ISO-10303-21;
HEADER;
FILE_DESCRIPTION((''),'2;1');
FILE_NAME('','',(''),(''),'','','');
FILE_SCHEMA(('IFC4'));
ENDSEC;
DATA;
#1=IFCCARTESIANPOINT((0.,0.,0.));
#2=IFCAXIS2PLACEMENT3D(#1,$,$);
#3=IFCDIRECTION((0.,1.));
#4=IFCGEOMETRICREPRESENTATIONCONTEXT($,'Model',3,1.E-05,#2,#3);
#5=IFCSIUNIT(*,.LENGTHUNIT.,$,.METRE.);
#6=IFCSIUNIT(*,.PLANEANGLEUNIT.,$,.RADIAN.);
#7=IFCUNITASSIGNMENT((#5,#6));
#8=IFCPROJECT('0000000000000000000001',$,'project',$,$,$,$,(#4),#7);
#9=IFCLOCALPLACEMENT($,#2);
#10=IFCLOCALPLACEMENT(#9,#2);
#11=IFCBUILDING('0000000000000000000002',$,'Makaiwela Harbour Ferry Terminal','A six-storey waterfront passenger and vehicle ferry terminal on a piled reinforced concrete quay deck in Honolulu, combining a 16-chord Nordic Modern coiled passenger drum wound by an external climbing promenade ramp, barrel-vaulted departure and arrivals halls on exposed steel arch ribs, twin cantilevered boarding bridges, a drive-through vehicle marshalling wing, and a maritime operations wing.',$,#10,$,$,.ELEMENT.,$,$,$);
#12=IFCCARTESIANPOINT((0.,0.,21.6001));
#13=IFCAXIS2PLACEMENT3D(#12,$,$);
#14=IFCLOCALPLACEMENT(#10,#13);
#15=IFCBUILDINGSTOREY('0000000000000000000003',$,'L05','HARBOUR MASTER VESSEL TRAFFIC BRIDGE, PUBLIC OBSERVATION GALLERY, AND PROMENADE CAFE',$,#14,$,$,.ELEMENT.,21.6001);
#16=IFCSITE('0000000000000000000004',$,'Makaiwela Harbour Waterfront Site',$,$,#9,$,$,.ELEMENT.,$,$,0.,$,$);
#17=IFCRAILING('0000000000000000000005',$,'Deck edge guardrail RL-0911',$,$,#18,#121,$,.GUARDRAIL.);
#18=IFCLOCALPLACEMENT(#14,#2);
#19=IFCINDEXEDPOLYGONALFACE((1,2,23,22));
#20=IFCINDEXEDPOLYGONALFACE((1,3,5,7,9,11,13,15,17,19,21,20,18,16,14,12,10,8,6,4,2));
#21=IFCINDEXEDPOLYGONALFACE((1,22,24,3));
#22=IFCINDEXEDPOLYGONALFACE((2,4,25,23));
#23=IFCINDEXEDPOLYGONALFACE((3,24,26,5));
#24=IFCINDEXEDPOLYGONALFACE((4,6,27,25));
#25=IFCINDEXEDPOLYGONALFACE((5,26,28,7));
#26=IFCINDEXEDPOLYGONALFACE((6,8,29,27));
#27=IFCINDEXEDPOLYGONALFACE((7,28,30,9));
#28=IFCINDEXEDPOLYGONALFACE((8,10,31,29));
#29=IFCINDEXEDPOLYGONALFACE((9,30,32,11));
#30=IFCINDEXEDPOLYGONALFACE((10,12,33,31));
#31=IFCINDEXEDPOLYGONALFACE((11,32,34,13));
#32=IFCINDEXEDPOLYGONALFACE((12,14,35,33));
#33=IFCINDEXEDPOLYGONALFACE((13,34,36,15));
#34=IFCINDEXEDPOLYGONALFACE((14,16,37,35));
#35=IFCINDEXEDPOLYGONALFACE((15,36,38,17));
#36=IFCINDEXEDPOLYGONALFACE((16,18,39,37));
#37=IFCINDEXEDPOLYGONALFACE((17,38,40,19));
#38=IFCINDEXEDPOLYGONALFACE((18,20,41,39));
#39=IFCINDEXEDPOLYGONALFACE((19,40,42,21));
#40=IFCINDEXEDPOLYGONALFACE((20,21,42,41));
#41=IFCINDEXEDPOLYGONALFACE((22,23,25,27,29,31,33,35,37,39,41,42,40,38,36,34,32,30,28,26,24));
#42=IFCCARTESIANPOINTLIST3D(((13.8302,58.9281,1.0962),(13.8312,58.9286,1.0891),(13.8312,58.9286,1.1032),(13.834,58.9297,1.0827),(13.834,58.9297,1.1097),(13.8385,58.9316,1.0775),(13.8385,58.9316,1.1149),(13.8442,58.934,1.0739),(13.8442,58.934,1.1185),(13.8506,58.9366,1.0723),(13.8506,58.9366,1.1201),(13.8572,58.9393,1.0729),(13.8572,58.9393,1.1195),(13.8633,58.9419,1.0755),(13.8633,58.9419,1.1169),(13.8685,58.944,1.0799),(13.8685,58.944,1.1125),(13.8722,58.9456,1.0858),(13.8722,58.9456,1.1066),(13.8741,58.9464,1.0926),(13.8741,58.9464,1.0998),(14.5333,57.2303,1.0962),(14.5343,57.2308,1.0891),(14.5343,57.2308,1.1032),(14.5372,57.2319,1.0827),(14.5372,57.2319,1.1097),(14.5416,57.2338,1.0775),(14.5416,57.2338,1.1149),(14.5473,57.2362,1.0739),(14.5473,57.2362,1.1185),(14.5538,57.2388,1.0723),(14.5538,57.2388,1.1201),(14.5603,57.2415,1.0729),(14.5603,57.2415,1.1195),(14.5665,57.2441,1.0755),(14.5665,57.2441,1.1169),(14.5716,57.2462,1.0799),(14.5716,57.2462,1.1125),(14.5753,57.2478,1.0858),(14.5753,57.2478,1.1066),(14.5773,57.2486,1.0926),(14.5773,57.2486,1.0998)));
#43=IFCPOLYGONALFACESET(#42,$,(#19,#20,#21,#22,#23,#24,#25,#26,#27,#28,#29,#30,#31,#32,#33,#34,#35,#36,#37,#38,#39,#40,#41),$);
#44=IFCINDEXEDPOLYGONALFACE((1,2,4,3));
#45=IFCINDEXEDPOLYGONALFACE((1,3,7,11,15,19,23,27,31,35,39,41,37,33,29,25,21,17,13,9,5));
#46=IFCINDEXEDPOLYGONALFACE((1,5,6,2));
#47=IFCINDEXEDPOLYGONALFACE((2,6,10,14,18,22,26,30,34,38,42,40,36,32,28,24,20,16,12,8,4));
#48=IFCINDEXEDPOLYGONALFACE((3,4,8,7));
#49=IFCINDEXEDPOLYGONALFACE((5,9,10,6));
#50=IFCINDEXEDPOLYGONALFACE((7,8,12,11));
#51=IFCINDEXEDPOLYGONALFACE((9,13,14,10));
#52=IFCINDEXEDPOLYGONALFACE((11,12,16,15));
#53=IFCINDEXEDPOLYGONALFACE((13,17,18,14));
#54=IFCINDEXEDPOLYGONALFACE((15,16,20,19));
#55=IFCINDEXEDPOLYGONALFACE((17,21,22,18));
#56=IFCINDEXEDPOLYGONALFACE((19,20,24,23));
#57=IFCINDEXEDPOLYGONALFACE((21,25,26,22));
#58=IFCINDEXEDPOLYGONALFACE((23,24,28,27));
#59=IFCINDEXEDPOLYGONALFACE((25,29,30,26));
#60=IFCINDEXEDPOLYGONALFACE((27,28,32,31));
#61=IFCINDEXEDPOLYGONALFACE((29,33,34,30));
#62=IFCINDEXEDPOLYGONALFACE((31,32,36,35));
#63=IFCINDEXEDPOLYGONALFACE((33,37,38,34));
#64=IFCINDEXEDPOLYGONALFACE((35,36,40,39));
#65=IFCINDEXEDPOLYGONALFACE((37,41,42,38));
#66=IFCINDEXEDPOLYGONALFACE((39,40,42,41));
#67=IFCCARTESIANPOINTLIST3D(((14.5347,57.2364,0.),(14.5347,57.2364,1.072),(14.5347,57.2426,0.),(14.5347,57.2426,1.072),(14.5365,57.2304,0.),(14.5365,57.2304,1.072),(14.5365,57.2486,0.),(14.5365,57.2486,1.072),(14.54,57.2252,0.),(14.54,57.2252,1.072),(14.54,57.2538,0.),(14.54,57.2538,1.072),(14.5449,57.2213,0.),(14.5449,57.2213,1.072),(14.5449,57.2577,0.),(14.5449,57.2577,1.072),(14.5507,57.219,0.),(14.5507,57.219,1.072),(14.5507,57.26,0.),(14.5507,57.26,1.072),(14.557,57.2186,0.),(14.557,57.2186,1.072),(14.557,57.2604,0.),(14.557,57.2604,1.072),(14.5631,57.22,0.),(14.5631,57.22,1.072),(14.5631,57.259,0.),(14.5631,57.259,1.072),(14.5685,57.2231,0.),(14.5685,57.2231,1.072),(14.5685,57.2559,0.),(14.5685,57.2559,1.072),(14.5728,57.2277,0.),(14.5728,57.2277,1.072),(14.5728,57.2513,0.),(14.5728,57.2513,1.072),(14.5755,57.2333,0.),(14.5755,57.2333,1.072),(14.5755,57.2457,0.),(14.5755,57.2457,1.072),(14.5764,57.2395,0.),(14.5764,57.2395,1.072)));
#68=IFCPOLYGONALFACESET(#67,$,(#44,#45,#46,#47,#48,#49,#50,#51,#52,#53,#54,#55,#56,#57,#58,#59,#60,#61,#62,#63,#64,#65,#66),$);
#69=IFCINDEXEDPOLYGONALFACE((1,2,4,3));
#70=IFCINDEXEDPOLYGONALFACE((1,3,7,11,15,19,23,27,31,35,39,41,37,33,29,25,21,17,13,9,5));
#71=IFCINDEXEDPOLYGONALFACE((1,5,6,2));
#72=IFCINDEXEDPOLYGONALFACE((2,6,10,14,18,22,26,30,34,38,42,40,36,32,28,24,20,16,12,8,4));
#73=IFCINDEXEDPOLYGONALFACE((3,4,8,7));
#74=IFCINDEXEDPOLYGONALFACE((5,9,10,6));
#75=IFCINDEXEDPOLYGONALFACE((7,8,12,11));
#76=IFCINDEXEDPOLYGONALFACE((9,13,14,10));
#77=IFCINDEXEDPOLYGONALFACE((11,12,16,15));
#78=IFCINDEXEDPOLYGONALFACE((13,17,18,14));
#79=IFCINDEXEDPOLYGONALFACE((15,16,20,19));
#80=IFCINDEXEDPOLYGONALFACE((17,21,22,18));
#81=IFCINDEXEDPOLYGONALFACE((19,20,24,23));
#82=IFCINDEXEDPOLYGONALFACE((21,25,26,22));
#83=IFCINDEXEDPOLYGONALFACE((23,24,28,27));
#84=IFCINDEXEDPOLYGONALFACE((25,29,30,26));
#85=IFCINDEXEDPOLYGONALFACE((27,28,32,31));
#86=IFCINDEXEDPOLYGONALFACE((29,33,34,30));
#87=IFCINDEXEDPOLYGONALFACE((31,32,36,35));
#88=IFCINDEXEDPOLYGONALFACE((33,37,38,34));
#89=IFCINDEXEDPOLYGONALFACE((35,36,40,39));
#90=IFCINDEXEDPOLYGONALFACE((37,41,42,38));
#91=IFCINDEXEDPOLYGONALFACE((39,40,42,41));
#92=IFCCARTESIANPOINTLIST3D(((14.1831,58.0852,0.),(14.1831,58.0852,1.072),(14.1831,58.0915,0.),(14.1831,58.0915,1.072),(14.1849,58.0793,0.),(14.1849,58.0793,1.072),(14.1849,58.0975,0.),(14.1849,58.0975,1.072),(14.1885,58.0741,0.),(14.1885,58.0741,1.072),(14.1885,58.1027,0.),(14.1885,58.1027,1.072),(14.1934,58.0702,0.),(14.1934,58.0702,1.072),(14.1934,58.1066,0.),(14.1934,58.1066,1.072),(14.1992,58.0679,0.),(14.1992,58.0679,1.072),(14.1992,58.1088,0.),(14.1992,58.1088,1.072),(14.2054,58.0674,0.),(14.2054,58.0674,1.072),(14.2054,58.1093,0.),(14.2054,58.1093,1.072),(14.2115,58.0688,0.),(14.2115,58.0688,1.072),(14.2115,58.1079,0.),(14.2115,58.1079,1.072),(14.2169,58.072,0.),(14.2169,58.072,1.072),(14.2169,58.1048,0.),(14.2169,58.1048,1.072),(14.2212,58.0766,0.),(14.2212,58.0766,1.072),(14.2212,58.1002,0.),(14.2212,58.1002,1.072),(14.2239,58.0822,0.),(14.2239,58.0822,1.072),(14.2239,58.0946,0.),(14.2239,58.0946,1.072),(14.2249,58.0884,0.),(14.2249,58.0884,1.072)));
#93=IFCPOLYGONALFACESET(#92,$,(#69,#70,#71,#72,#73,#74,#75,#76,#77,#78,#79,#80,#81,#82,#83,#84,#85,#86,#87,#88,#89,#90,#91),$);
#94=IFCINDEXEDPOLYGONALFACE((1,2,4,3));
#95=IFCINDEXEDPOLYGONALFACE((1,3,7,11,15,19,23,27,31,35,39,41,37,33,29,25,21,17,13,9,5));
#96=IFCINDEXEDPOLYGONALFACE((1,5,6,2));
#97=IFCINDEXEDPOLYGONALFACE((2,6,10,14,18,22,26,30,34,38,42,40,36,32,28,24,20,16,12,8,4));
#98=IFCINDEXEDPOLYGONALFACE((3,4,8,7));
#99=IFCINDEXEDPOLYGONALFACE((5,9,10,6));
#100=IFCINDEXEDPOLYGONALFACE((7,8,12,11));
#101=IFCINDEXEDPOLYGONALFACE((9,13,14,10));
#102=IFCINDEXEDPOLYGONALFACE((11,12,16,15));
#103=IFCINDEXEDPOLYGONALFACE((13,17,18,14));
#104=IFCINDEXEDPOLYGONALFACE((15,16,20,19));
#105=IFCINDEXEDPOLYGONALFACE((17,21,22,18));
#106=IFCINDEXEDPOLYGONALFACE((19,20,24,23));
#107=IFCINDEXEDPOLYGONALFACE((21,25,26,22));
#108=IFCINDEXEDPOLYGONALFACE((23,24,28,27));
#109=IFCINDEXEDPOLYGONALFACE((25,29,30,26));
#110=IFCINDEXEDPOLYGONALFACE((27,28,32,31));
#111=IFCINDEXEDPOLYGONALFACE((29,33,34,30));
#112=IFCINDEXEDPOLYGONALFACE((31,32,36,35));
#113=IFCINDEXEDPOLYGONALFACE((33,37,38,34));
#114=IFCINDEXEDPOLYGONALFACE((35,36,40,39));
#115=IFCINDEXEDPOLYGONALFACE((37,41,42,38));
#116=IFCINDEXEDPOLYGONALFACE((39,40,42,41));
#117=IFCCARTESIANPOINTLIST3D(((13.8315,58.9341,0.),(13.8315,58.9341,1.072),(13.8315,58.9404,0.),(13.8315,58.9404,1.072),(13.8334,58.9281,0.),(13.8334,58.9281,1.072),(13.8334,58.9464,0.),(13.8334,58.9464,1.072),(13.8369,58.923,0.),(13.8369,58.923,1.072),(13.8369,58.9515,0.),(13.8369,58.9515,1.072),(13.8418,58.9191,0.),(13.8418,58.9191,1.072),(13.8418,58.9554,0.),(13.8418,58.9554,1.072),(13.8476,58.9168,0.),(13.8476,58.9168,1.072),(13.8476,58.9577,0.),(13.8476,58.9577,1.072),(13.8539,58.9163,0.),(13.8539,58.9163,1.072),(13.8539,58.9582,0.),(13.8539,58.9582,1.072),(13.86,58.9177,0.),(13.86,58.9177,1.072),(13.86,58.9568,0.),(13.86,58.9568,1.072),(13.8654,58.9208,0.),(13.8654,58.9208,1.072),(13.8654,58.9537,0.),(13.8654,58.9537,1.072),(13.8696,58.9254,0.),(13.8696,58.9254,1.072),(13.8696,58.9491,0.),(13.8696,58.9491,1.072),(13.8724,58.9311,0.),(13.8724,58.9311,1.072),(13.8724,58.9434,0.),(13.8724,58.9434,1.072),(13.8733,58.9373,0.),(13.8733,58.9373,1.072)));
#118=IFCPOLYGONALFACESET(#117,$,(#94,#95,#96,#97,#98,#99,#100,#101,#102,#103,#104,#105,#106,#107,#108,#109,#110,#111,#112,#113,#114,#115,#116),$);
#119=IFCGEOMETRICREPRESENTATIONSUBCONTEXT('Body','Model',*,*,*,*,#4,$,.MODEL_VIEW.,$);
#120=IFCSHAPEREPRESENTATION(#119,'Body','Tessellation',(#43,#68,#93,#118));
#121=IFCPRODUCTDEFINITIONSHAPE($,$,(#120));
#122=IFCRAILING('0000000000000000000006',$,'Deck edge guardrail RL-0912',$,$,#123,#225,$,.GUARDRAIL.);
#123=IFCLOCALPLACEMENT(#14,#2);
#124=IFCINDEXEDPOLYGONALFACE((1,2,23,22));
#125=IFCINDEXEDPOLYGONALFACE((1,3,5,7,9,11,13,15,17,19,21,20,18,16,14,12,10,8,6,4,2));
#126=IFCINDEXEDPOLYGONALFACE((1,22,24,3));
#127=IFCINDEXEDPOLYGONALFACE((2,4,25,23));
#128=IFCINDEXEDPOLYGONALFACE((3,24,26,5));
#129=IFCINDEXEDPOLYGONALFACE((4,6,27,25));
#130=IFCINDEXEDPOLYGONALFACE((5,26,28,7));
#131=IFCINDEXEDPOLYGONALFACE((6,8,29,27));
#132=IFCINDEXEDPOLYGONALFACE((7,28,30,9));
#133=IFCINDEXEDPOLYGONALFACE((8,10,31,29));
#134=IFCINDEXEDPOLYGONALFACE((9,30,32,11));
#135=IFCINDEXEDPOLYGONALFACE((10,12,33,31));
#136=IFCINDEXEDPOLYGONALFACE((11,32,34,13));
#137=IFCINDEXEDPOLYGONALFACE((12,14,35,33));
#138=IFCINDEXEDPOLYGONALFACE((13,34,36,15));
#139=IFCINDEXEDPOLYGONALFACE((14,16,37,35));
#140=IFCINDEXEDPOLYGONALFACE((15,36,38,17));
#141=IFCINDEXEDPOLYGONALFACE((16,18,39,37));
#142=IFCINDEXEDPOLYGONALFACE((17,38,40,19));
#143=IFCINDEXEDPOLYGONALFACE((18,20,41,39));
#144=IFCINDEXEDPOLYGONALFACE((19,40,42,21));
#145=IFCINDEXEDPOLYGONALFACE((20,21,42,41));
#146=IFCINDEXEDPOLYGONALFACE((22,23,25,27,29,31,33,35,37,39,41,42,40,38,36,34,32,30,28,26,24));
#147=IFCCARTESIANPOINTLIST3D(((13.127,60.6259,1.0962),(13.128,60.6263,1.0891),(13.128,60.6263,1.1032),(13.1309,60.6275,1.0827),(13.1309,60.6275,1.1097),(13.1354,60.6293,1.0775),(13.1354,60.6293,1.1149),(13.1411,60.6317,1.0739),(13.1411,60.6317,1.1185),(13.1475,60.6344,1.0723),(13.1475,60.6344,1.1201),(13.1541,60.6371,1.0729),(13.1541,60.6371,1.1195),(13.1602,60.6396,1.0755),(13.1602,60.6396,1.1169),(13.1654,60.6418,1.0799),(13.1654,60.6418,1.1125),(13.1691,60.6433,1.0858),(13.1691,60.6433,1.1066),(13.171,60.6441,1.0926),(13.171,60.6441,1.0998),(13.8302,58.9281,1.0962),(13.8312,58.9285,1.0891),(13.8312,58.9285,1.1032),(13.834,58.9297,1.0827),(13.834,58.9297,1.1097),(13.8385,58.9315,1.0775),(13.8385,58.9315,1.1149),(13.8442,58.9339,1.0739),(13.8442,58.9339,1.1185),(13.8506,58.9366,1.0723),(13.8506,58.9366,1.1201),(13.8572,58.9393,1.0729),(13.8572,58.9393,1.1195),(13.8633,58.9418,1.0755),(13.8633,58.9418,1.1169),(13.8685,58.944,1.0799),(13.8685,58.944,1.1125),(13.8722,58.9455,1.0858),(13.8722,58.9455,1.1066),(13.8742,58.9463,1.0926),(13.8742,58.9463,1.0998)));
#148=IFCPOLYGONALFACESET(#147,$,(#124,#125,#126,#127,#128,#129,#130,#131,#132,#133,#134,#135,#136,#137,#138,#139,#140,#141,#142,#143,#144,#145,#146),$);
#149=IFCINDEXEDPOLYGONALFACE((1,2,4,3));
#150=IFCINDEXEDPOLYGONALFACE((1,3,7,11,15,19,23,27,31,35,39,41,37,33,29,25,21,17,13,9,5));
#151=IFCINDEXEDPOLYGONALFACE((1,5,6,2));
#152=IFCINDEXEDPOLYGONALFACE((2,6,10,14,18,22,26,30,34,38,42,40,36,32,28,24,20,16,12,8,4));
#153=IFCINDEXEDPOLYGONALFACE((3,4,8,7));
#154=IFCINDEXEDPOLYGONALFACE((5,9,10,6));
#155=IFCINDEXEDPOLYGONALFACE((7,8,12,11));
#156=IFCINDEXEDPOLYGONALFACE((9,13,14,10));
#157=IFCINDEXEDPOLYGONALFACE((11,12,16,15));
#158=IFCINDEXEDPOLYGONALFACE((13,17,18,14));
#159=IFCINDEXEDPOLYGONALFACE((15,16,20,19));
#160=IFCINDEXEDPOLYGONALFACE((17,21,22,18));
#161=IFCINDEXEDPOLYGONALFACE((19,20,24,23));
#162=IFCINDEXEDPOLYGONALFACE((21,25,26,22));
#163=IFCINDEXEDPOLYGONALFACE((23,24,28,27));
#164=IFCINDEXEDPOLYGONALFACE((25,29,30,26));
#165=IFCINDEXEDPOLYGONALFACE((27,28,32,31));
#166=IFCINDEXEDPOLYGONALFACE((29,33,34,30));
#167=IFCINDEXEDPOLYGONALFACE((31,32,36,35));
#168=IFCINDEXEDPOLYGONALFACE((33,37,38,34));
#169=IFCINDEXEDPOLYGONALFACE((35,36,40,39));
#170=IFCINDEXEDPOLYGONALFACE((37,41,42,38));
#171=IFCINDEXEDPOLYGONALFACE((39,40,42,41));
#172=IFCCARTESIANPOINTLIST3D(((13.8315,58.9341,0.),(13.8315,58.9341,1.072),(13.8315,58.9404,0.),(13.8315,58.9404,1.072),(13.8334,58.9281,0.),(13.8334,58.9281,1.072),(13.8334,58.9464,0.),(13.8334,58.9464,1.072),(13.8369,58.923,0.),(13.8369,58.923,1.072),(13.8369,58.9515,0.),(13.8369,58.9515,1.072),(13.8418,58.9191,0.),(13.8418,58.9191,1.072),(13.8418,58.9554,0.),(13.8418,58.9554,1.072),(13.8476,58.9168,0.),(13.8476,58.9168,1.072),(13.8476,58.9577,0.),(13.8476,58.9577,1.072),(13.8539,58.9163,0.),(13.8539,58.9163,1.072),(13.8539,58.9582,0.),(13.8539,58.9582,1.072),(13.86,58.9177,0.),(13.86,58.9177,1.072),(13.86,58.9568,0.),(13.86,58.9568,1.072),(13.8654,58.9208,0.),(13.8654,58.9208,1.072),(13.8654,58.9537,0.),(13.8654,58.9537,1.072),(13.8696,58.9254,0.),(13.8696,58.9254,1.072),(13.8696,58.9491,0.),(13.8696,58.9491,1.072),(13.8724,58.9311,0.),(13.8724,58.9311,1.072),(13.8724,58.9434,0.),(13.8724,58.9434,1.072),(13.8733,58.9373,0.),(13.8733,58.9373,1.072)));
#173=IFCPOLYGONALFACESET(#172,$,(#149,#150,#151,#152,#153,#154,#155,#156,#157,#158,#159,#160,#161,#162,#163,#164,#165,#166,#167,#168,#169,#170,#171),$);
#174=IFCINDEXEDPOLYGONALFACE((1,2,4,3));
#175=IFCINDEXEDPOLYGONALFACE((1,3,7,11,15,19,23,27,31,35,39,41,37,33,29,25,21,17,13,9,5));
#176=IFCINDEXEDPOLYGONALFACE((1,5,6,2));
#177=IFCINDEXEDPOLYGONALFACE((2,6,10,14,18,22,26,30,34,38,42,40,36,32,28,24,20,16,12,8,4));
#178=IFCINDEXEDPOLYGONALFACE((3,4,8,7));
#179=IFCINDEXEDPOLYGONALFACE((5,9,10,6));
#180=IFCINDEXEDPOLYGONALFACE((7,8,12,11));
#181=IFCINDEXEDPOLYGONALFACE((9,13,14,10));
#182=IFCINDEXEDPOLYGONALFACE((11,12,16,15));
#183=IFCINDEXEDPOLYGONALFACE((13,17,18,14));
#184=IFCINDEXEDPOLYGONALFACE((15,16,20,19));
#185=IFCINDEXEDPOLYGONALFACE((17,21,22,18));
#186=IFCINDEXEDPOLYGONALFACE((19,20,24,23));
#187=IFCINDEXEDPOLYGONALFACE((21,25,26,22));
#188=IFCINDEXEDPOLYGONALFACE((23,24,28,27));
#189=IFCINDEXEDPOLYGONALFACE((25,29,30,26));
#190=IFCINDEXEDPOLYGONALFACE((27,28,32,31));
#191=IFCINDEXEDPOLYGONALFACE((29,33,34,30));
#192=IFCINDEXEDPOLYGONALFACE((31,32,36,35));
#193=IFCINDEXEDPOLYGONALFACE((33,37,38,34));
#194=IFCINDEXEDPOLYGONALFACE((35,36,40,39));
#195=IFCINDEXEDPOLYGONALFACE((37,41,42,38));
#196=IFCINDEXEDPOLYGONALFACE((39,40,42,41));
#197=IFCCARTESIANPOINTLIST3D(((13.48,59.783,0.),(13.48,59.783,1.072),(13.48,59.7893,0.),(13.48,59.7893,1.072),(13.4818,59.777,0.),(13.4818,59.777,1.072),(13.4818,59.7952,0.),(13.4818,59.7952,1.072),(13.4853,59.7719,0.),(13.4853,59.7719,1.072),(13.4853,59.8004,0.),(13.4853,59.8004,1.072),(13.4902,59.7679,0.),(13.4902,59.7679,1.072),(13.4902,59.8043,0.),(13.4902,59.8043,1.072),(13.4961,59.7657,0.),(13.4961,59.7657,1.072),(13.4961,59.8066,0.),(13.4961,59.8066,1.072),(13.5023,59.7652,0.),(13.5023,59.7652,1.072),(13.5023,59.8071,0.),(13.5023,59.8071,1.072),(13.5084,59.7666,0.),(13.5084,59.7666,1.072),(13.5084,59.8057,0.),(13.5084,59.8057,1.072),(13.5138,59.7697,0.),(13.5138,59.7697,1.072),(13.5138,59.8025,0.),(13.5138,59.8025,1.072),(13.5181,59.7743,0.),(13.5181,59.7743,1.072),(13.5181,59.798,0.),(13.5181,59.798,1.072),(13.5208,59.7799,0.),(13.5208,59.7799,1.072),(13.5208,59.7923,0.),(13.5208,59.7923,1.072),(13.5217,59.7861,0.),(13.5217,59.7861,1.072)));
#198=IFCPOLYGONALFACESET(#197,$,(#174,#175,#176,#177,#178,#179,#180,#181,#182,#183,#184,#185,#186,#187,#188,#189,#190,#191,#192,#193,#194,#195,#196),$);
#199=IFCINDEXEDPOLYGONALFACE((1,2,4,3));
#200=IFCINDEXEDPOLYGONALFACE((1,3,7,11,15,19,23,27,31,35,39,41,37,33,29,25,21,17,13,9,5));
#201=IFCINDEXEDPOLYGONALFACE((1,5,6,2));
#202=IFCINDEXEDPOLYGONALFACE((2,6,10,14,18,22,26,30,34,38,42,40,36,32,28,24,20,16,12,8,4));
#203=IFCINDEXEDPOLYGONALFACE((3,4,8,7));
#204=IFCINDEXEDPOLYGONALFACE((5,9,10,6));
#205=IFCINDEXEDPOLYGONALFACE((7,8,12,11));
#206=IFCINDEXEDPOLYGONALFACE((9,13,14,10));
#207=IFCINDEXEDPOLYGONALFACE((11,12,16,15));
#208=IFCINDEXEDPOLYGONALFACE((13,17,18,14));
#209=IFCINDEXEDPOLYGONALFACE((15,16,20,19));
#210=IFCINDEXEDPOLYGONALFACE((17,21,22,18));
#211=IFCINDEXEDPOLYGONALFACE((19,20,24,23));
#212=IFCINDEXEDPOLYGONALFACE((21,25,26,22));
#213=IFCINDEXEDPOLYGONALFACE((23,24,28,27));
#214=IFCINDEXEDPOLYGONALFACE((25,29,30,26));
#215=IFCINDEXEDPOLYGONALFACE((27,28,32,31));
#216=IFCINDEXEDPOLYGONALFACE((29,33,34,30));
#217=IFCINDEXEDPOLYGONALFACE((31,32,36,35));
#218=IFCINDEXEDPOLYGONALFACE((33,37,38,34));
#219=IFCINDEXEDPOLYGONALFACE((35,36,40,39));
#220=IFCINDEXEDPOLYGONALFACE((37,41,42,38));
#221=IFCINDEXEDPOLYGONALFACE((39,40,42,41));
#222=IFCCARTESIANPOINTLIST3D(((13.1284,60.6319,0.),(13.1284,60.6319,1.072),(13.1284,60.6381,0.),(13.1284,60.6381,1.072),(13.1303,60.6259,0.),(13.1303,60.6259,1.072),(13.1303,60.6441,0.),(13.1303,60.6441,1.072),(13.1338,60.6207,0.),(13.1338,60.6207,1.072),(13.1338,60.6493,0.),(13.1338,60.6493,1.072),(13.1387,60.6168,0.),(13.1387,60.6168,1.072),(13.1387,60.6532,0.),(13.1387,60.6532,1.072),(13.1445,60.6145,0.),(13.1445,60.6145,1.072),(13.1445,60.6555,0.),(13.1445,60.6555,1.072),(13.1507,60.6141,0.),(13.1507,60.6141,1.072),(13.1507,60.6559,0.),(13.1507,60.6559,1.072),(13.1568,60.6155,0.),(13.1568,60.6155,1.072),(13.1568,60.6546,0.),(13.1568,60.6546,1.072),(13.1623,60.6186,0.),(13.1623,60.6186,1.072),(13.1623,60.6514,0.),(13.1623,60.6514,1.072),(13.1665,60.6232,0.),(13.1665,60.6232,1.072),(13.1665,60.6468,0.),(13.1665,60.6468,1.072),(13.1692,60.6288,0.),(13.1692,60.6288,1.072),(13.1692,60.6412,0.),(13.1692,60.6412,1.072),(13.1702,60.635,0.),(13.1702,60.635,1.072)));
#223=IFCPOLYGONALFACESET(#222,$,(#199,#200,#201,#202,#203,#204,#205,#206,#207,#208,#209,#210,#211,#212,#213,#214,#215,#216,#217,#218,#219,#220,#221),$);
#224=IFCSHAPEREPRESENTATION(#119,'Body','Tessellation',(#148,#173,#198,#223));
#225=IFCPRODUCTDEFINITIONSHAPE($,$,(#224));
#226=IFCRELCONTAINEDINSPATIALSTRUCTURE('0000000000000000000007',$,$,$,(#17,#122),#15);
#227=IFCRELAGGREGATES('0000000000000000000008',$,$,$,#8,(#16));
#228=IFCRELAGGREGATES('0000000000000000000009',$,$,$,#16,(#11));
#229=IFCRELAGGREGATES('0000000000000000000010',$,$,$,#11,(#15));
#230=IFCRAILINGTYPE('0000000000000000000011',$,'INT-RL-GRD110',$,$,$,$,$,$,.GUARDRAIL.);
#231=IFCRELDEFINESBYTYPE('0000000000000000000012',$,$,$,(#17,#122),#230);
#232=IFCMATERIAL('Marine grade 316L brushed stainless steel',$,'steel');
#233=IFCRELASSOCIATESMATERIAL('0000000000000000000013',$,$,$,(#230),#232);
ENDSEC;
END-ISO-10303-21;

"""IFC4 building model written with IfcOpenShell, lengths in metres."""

from ifc_helpers import new_model, si_unit, direction, frame, origin, origin_2d, place, context, subcontext, project, spatial, circle, extrude, material, type_object, element, save


model = new_model("IFC4")

# Units and contexts
model_context = context("Model", 3, precision=1e-05, world=origin(), true_north=direction((0.0, 1.0)))
body_context = subcontext(model_context, "Body", "Model", "MODEL_VIEW")
ifc_project = project(units=[si_unit("LENGTHUNIT", "METRE"), si_unit("PLANEANGLEUNIT", "RADIAN")], contexts=[model_context])

# Site, building, storey
site_placement = place(None, origin())
site = spatial("IfcSite", under=ifc_project, at=site_placement, Name="Makaiwela Harbour Waterfront Site", CompositionType="ELEMENT", RefElevation=0.0)
building_placement = place(site_placement, origin())
building = spatial("IfcBuilding", under=site, at=building_placement, Name="Makaiwela Harbour Ferry Terminal", Description="A six-storey waterfront passenger and vehicle ferry terminal on a piled reinforced concrete quay deck in Honolulu, combining a 16-chord Nordic Modern coiled passenger drum wound by an external climbing promenade ramp, barrel-vaulted departure and arrivals halls on exposed steel arch ribs, twin cantilevered boarding bridges, a drive-through vehicle marshalling wing, and a maritime operations wing.", CompositionType="ELEMENT")
storey_placement = place(building_placement, frame((0.0, 0.0, 21.6001)))
storey = spatial("IfcBuildingStorey", under=building, at=storey_placement, Name="L05", Description="HARBOUR MASTER VESSEL TRAFFIC BRIDGE, PUBLIC OBSERVATION GALLERY, AND PROMENADE CAFE", CompositionType="ELEMENT", Elevation=21.6001)

# Railings
ifc_material_1 = material(Name="Marine grade 316L brushed stainless steel", Category="steel")
railing_type = type_object("IfcRailingType", Name="INT-RL-GRD110", PredefinedType="GUARDRAIL", material=ifc_material_1)
for number, where, name in (
    (1, (14.5554, 57.2395, 0.0), "Deck edge guardrail RL-0911"),
    (2, (13.8523, 58.9373, 0.0), "Deck edge guardrail RL-0912"),
):
    element("IfcRailing", number, at=place(storey_placement, frame(where)), inside=storey, type_object=railing_type, Name=name, PredefinedType="GUARDRAIL", context=body_context, shape_type="SweptSolid", body=[
        extrude(circle(Radius=0.0239, at=origin_2d()), frame((0.0, 0.0, 1.0962), z_axis=(-0.382633, 0.9239, 0.0), x_axis=(-0.9239, -0.382633, 0.0)), (0.0, 0.0, 1.0), 1.8376),
        extrude(circle(Radius=0.021, at=origin_2d()), origin(), (0.0, 0.0, 1.0), 1.072),
        extrude(circle(Radius=0.021, at=origin_2d()), frame((-0.3516, 0.8489, 0.0)), (0.0, 0.0, 1.0), 1.072),
        extrude(circle(Radius=0.021, at=origin_2d()), frame((-0.7031, 1.6978, 0.0)), (0.0, 0.0, 1.0), 1.072),
    ])

save(model, "model.ifc")
